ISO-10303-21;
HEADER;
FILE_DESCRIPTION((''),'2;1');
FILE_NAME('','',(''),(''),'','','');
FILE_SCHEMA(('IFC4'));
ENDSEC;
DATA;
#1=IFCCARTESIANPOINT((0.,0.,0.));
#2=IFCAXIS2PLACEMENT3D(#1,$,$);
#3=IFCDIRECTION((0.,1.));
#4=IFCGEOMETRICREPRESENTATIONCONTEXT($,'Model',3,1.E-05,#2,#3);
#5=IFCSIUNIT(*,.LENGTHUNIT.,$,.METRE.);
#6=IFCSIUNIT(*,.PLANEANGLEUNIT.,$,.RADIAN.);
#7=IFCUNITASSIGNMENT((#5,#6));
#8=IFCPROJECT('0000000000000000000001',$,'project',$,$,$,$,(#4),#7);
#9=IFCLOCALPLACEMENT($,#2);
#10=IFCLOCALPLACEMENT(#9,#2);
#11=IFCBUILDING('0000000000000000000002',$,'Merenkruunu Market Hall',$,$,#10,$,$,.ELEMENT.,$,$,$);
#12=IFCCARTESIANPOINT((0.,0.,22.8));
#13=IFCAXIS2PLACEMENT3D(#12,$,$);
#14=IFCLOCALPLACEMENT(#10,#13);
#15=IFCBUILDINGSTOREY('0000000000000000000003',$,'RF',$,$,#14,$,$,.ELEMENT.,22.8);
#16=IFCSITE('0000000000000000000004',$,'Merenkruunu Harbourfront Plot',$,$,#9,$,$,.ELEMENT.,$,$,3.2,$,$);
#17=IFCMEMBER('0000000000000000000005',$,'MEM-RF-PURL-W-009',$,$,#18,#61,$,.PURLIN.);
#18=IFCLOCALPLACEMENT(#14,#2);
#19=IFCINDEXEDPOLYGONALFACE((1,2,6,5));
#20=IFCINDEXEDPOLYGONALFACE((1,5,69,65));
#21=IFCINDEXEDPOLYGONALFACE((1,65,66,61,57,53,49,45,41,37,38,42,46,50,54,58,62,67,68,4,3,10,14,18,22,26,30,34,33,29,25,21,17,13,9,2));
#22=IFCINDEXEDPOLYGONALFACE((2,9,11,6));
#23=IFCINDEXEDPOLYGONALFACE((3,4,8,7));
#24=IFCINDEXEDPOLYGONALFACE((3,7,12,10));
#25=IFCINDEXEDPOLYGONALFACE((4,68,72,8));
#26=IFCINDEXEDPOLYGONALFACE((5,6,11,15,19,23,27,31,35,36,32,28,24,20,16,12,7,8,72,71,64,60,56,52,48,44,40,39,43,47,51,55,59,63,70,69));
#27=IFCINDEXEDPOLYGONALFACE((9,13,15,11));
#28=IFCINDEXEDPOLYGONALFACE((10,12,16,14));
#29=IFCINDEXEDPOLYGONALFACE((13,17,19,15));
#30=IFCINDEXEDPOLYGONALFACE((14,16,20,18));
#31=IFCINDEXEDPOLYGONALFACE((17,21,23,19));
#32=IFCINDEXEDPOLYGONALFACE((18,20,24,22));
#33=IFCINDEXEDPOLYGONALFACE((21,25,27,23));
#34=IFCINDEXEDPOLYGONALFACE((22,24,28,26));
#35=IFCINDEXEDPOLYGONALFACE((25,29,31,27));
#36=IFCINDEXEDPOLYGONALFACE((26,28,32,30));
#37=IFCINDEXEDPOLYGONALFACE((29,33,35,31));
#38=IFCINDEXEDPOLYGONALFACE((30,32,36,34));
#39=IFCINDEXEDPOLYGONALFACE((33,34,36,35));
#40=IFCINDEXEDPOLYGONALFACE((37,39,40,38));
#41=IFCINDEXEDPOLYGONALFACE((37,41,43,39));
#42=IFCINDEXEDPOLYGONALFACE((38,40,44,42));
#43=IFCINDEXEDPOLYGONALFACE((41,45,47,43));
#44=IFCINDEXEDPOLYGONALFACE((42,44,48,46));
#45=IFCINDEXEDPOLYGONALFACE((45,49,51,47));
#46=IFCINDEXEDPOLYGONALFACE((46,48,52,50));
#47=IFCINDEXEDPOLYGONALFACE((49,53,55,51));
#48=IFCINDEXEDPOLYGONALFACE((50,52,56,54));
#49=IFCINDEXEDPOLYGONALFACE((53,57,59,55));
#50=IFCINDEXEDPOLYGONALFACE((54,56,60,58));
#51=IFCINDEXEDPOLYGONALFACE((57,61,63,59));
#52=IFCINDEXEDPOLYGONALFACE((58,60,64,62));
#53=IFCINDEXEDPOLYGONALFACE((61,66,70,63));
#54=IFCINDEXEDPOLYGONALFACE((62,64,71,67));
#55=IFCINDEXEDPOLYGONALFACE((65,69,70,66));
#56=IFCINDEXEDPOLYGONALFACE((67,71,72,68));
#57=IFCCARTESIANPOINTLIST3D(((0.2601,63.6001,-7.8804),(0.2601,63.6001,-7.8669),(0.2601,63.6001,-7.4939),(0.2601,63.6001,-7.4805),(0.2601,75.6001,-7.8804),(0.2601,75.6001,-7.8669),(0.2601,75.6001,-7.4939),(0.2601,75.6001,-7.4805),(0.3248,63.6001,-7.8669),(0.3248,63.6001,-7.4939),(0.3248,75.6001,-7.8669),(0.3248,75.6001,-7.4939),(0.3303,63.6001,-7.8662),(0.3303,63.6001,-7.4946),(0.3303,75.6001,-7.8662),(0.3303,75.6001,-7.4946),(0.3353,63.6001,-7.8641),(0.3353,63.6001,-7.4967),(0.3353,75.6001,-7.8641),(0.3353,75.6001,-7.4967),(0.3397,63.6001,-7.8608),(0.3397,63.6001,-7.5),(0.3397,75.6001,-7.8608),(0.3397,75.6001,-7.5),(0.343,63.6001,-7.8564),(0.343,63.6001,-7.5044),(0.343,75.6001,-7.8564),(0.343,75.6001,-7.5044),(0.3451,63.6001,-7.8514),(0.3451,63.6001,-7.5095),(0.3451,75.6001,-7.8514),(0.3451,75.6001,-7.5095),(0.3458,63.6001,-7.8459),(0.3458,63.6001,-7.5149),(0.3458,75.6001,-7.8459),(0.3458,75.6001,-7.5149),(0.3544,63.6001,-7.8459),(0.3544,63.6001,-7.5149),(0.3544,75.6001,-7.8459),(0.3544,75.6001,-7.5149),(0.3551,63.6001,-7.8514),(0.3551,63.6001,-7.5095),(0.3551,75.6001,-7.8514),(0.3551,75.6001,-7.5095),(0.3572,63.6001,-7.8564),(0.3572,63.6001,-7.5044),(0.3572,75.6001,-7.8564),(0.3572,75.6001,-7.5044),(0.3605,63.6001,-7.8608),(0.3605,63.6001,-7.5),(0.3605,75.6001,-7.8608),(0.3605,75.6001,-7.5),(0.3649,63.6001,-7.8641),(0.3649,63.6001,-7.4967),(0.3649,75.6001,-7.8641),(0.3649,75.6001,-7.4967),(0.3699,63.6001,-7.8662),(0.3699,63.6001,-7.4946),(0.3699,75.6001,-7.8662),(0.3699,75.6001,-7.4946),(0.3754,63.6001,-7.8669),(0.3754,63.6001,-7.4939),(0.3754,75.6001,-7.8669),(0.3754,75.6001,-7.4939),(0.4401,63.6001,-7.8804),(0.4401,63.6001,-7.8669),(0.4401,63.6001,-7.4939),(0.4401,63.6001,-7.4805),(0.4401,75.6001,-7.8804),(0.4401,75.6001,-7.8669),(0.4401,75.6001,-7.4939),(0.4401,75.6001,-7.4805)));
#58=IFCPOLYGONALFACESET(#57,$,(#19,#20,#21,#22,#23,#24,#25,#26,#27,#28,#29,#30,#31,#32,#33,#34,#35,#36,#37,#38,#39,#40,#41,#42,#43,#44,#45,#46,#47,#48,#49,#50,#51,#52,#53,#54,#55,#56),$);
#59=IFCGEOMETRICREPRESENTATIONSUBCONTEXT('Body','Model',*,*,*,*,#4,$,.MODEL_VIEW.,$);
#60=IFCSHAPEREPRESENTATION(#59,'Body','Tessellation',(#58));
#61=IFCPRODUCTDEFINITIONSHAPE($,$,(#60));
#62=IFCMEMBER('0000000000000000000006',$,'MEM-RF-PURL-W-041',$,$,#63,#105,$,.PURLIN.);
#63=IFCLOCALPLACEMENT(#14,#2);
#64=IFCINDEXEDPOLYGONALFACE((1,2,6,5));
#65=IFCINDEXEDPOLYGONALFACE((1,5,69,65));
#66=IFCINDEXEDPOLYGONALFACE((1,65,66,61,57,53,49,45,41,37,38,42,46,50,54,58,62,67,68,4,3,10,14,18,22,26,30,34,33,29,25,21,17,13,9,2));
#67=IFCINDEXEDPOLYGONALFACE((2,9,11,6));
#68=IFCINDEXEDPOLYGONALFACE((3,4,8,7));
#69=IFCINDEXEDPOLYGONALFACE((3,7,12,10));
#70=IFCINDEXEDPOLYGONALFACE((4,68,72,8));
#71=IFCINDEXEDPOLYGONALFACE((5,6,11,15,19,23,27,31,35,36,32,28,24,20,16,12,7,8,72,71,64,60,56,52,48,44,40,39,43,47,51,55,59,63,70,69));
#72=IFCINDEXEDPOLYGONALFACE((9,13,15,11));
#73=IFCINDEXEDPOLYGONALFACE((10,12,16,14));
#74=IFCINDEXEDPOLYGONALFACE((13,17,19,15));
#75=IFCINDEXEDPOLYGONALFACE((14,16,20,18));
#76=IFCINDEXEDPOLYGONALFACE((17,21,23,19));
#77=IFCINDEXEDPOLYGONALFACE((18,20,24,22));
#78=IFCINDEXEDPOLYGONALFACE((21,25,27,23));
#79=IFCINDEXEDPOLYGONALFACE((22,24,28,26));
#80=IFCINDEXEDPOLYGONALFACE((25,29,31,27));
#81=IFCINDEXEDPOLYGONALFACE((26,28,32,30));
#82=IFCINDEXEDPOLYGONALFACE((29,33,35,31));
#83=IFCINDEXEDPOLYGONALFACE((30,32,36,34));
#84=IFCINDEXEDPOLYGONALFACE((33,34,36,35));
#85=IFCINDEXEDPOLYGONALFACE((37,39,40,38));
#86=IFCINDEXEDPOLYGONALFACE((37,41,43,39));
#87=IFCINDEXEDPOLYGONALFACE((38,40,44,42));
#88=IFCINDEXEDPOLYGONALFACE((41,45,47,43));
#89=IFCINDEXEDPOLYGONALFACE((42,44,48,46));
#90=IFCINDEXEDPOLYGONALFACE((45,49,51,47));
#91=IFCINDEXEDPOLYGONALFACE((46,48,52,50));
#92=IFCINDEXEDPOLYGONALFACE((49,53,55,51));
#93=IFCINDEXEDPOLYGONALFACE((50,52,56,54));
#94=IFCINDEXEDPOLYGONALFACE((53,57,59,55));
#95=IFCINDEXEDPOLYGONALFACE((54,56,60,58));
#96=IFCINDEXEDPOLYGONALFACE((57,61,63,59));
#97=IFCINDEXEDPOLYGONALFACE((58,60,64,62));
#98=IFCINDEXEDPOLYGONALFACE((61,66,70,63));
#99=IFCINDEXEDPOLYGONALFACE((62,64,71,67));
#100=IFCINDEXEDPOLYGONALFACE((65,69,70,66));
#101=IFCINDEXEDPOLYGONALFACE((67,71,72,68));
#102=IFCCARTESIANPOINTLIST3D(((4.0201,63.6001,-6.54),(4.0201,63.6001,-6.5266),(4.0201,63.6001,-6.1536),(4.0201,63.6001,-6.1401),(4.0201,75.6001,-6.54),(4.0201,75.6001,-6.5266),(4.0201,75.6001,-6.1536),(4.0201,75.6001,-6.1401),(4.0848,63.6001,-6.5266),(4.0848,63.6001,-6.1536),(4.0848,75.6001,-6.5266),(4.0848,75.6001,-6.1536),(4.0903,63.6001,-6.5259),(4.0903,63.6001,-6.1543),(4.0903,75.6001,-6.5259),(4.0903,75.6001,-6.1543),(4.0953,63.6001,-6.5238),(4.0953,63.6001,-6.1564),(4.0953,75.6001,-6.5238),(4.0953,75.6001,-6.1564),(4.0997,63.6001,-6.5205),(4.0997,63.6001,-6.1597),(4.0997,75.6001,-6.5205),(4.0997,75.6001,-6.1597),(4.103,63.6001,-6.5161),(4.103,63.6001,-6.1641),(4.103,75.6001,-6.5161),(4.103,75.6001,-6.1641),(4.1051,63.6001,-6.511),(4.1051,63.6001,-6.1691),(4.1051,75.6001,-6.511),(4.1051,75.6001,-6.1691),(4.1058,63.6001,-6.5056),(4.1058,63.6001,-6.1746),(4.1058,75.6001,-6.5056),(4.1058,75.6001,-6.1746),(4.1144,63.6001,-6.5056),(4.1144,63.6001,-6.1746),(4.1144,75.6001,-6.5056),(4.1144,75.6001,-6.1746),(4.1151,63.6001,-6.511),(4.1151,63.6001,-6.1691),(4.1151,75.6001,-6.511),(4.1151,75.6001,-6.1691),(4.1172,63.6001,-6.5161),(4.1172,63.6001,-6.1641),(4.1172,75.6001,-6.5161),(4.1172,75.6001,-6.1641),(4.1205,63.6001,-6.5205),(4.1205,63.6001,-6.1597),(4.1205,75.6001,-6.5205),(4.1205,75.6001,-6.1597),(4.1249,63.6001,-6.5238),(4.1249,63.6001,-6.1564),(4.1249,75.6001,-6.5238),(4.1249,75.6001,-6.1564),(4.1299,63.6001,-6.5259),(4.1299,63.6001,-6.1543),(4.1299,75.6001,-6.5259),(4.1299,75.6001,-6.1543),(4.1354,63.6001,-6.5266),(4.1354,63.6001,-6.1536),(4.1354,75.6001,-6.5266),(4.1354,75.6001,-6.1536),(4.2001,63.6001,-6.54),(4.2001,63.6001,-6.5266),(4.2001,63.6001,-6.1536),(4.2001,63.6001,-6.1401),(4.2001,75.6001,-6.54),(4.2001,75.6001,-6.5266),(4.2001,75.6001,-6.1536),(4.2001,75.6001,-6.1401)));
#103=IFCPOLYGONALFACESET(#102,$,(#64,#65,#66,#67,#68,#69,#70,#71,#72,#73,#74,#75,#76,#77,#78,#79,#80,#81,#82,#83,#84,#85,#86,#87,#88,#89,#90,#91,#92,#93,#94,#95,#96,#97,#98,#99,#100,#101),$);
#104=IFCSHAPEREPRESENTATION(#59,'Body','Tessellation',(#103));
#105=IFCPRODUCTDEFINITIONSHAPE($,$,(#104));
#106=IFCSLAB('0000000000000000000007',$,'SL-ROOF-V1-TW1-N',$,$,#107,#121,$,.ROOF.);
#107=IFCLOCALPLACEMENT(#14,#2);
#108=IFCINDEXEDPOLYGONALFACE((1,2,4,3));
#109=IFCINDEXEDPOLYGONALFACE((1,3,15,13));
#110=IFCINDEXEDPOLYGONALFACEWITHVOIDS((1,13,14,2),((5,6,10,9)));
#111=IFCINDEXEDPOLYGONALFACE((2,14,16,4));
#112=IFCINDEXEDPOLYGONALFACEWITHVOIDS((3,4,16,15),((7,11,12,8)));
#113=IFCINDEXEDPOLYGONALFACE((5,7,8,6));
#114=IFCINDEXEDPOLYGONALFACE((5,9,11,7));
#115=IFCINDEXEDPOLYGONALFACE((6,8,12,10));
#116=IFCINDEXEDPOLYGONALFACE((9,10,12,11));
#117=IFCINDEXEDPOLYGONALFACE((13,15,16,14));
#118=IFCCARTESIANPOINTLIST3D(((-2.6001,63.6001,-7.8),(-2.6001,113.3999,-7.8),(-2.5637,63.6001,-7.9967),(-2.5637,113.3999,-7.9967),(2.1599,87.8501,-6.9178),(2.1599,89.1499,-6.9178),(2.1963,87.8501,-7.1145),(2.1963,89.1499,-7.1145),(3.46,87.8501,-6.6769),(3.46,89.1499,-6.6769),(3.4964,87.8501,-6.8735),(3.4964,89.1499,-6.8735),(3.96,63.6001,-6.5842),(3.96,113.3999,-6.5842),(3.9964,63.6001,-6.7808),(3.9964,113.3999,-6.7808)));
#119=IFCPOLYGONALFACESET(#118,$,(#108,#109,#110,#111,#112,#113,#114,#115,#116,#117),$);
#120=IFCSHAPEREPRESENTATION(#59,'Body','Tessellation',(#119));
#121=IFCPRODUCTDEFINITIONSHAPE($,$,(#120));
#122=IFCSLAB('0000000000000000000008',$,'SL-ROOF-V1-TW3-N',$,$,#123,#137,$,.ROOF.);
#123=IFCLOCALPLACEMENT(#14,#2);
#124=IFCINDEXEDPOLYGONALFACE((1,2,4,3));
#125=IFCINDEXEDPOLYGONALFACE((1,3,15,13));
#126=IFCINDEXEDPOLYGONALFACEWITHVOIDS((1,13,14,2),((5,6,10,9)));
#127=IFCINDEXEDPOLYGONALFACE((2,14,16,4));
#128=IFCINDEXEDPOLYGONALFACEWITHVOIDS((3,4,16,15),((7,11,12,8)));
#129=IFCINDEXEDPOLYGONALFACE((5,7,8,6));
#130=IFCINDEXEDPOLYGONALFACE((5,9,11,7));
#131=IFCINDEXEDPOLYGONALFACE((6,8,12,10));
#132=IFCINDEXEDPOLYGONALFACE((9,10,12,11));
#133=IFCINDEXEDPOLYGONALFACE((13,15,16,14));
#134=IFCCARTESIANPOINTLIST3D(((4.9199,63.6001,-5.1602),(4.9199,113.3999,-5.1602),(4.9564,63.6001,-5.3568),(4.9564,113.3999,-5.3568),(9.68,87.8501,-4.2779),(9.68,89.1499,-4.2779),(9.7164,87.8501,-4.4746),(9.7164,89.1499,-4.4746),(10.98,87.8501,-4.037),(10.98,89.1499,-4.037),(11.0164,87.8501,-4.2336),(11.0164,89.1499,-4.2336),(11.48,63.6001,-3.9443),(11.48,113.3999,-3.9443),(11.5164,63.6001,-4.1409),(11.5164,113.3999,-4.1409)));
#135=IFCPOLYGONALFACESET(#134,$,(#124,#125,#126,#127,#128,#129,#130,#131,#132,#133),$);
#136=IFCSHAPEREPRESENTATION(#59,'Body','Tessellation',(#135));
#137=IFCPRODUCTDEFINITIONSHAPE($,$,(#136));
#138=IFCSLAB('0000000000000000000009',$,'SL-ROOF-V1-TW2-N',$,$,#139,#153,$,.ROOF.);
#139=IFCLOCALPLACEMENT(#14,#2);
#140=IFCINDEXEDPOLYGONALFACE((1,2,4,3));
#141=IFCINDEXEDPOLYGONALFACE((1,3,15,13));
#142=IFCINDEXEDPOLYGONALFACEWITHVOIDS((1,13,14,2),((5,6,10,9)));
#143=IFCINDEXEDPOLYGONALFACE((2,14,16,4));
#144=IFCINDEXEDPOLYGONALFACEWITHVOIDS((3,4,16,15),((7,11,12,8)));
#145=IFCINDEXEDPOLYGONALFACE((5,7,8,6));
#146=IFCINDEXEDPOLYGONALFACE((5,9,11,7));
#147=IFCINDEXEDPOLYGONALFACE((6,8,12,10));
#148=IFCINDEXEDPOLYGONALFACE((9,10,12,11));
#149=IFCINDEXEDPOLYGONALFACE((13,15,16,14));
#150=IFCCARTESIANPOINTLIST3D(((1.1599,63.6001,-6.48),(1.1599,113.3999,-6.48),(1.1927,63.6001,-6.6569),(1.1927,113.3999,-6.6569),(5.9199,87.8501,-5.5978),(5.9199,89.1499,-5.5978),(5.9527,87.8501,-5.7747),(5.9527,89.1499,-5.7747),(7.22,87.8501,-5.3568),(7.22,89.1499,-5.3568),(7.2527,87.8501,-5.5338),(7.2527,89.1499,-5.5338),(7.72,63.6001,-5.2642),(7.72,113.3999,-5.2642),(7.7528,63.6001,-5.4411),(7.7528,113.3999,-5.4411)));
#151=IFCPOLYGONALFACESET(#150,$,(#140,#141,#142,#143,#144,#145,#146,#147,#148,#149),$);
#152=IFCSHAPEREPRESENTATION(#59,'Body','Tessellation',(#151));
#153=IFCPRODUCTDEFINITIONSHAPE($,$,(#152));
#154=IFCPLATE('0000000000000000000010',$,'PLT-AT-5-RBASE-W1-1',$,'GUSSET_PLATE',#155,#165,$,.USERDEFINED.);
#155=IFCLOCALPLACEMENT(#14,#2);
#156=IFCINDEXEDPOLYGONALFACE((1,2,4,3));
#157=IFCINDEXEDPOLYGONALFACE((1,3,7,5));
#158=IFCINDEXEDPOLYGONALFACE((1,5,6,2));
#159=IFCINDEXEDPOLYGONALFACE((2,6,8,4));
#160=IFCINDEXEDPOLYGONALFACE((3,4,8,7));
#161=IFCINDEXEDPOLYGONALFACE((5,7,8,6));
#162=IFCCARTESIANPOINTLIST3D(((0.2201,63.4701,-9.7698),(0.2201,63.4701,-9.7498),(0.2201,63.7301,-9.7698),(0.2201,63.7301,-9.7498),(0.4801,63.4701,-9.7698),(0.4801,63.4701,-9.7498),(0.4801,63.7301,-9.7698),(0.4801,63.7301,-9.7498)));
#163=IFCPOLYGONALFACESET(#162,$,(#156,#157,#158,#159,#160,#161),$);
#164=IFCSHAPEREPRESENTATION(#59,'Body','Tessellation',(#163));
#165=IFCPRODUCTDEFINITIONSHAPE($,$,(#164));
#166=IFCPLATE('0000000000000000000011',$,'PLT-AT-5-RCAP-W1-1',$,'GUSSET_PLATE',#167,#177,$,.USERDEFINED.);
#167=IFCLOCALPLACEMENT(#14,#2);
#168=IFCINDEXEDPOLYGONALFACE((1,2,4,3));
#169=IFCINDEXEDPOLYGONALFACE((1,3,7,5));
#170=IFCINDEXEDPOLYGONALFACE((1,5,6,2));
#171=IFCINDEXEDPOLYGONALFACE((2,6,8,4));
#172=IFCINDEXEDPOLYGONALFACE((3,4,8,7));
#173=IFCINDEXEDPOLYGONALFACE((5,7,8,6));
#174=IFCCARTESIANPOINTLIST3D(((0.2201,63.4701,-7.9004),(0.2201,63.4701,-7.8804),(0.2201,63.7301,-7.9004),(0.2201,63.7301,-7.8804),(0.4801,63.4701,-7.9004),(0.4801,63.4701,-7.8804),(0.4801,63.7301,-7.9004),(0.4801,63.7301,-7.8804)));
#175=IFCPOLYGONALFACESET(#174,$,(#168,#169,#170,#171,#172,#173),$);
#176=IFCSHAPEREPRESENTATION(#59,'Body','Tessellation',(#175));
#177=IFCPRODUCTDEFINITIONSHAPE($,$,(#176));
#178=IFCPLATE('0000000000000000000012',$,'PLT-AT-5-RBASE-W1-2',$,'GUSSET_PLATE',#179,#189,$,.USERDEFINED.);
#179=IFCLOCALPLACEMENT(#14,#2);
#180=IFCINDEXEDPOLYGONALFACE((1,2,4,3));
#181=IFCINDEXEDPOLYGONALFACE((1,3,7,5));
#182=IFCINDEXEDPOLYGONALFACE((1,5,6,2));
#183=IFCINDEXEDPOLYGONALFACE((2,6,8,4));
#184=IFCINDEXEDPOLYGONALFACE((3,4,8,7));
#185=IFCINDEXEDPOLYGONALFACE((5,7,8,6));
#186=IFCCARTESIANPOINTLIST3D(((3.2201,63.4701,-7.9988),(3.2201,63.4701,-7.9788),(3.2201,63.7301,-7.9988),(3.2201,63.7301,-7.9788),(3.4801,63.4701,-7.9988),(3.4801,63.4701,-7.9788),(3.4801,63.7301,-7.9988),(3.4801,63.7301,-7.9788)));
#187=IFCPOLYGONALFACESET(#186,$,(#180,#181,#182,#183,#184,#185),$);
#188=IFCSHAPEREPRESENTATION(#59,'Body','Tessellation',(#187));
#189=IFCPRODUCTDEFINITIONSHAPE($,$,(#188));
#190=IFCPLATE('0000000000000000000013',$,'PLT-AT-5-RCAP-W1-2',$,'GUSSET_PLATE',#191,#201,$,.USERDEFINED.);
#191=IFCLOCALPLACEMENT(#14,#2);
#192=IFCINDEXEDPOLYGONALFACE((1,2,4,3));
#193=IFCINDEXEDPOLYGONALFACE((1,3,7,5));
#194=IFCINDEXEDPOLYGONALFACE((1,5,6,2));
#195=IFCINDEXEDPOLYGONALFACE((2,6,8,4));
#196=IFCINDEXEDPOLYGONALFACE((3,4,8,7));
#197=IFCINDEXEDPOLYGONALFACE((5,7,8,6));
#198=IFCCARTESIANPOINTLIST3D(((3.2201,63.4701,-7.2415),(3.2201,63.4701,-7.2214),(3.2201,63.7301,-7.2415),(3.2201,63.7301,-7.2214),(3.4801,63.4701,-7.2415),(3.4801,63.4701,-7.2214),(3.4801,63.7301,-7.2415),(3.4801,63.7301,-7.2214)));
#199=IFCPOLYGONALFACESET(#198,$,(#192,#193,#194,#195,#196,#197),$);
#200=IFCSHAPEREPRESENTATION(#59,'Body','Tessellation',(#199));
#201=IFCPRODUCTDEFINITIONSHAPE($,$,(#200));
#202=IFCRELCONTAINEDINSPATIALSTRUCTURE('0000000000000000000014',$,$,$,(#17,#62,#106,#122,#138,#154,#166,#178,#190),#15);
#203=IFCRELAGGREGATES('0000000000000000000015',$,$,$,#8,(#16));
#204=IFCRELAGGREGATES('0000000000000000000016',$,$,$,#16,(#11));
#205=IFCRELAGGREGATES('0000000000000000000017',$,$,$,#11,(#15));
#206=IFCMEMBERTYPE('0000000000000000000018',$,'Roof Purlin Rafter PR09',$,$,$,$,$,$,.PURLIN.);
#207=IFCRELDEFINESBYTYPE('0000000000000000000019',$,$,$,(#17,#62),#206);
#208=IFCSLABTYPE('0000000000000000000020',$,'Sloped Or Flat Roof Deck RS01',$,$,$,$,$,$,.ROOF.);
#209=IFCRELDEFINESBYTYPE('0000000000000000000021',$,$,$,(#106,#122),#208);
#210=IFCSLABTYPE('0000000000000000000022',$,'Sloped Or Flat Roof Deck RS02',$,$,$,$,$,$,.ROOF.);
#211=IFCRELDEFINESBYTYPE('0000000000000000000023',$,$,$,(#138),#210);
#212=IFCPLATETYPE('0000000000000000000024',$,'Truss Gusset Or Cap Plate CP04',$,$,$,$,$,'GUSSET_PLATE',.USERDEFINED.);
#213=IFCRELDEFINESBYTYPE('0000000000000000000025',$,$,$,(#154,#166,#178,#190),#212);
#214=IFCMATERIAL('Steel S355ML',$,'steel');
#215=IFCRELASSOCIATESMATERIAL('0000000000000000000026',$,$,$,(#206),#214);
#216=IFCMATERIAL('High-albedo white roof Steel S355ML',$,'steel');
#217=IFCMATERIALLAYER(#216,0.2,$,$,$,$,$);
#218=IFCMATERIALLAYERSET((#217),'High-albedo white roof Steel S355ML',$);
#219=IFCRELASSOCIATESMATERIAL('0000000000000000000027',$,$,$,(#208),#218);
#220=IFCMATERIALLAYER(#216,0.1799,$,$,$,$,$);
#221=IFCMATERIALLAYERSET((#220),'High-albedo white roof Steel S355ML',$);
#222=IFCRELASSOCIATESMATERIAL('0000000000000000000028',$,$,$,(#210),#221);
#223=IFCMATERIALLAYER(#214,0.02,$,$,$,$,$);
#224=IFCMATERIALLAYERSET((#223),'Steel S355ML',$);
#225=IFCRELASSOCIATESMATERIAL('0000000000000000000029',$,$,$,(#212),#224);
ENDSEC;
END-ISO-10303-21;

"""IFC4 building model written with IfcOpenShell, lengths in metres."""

from ifc_helpers import new_model, si_unit, direction, frame, origin, origin_2d, place, context, subcontext, project, spatial, polyline, rectangle, i_section, outline, extrude, material, layer, layer_set, material_profile, profile_set, type_object, element, save


model = new_model("IFC4")

# Units and contexts
model_context = context("Model", 3, precision=1e-05, world=origin(), true_north=direction((0.0, 1.0)))
body_context = subcontext(model_context, "Body", "Model", "MODEL_VIEW")
ifc_project = project(units=[si_unit("LENGTHUNIT", "METRE"), si_unit("PLANEANGLEUNIT", "RADIAN")], contexts=[model_context])

# Site, building, storey
site_placement = place(None, origin())
site = spatial("IfcSite", under=ifc_project, at=site_placement, Name="Merenkruunu Harbourfront Plot", CompositionType="ELEMENT", RefElevation=3.2)
building_placement = place(site_placement, origin())
building = spatial("IfcBuilding", under=site, at=building_placement, Name="Merenkruunu Market Hall", CompositionType="ELEMENT")
storey_placement = place(building_placement, frame((0.0, 0.0, 22.8)))
storey = spatial("IfcBuildingStorey", under=building, at=storey_placement, Name="RF", CompositionType="ELEMENT", Elevation=22.8)

# Shared definitions
ifc_material_1 = material(Name="Steel S355ML", Category="steel")

# Members
ifc_material_profile_1 = material_profile(ifc_material_1, i_section(OverallWidth=0.1799, OverallDepth=0.3999, WebThickness=0.0085, FlangeThickness=0.0134, FilletRadius=0.021, at=origin_2d()), Name="IPE 400")
ifc_profile_set_1 = profile_set([ifc_material_profile_1], Name="Steel S355ML")
member_type_1 = type_object("IfcMemberType", Name="Roof Purlin Rafter PR09", PredefinedType="PURLIN", material=ifc_profile_set_1)
for number, where, z_axis, x_axis, name in (
    (1, (0.3501, 63.6001, -7.6804), (0.0, 1.0, 0.0), (-1.0, 0.0, 0.0), "MEM-RF-PURL-W-009"),
    (2, (4.1101, 63.6001, -6.3401), (0.0, 1.0, 0.0), (-1.0, 0.0, 0.0), "MEM-RF-PURL-W-041"),
):
    element("IfcMember", number, at=place(storey_placement, frame(where, z_axis=z_axis, x_axis=x_axis)), inside=storey, type_object=member_type_1, Name=name, PredefinedType="PURLIN", context=body_context, shape_type="SweptSolid", body=[
        extrude(i_section(OverallWidth=0.1799, OverallDepth=0.3999, WebThickness=0.0085, FlangeThickness=0.0134, FilletRadius=0.021, at=origin_2d()), origin(), (0.0, 0.0, 1.0), 12.0),
    ])

# Slabs
ifc_material_2 = material(Name="High-albedo white roof Steel S355ML", Category="steel")
ifc_layer_1 = layer(ifc_material_2, 0.2)
ifc_layer_set_1 = layer_set([ifc_layer_1], Name="High-albedo white roof Steel S355ML")
slab_type_1 = type_object("IfcSlabType", Name="Sloped Or Flat Roof Deck RS01", PredefinedType="ROOF", material=ifc_layer_set_1)
slab_1_placement = place(storey_placement, frame((-2.6001, 63.6001, -7.8), z_axis=(-0.182233, 0.0, 0.983255), x_axis=(0.983255, 0.0, 0.182233)))
element("IfcSlab", 3, at=slab_1_placement, inside=storey, type_object=slab_type_1, Name="SL-ROOF-V1-TW1-N", PredefinedType="ROOF", context=body_context, shape_type="SweptSolid", body=[
    extrude(outline(polyline([(0.0, 0.0), (6.6718, 0.0), (6.6718, 49.7998), (0.0, 49.7998), (0.0, 0.0)]), holes=[polyline([(4.841, 24.25), (6.1633, 24.25), (6.1633, 25.5498), (4.841, 25.5498), (4.841, 24.25)])]), origin(), (0.0, 0.0, -1.0), 0.2),
])
slab_2_placement = place(storey_placement, frame((4.9199, 63.6001, -5.1602), z_axis=(-0.182233, 0.0, 0.983255), x_axis=(0.983255, 0.0, 0.182233)))
element("IfcSlab", 4, at=slab_2_placement, inside=storey, type_object=slab_type_1, Name="SL-ROOF-V1-TW3-N", PredefinedType="ROOF", context=body_context, shape_type="SweptSolid", body=[
    extrude(outline(polyline([(0.0, 0.0), (6.6718, 0.0), (6.6718, 49.7998), (0.0, 49.7998), (0.0, 0.0)]), holes=[polyline([(4.8411, 24.25), (6.1633, 24.25), (6.1633, 25.5498), (4.8411, 25.5498), (4.8411, 24.25)])]), origin(), (0.0, 0.0, -1.0), 0.2),
])
ifc_layer_2 = layer(ifc_material_2, 0.1799)
ifc_layer_set_2 = layer_set([ifc_layer_2], Name="High-albedo white roof Steel S355ML")
slab_type_2 = type_object("IfcSlabType", Name="Sloped Or Flat Roof Deck RS02", PredefinedType="ROOF", material=ifc_layer_set_2)
slab_3_placement = place(storey_placement, frame((1.1599, 63.6001, -6.48), z_axis=(-0.182233, 0.0, 0.983255), x_axis=(0.983255, 0.0, 0.182233)))
element("IfcSlab", 5, at=slab_3_placement, inside=storey, type_object=slab_type_2, Name="SL-ROOF-V1-TW2-N", PredefinedType="ROOF", context=body_context, shape_type="SweptSolid", body=[
    extrude(outline(polyline([(0.0, 0.0), (6.6718, 0.0), (6.6718, 49.7998), (0.0, 49.7998), (0.0, 0.0)]), holes=[polyline([(4.841, 24.25), (6.1632, 24.25), (6.1632, 25.5498), (4.841, 25.5498), (4.841, 24.25)])]), origin(), (0.0, 0.0, -1.0), 0.1799),
])

# Plates
ifc_layer_3 = layer(ifc_material_1, 0.02)
ifc_layer_set_3 = layer_set([ifc_layer_3], Name="Steel S355ML")
plate_type_1 = type_object("IfcPlateType", Name="Truss Gusset Or Cap Plate CP04", ElementType="GUSSET_PLATE", PredefinedType="USERDEFINED", material=ifc_layer_set_3)
for number, where, z_axis, x_axis, name in (
    (6, (0.3501, 63.6001, -9.7698), (0.0, 0.0, 1.0), (1.0, 0.0, 0.0), "PLT-AT-5-RBASE-W1-1"),
    (7, (0.3501, 63.6001, -7.9004), (0.0, 0.0, 1.0), (1.0, 0.0, 0.0), "PLT-AT-5-RCAP-W1-1"),
    (8, (3.3501, 63.6001, -7.9988), (0.0, 0.0, 1.0), (1.0, 0.0, 0.0), "PLT-AT-5-RBASE-W1-2"),
    (9, (3.3501, 63.6001, -7.2415), (0.0, 0.0, 1.0), (1.0, 0.0, 0.0), "PLT-AT-5-RCAP-W1-2"),
):
    element("IfcPlate", number, at=place(storey_placement, frame(where, z_axis=z_axis, x_axis=x_axis)), inside=storey, type_object=plate_type_1, Name=name, ObjectType="GUSSET_PLATE", PredefinedType="USERDEFINED", context=body_context, shape_type="SweptSolid", body=[
        extrude(rectangle(XDim=0.26, YDim=0.26, at=origin_2d()), origin(), (0.0, 0.0, 1.0), 0.02),
    ])

save(model, "model.ifc")
